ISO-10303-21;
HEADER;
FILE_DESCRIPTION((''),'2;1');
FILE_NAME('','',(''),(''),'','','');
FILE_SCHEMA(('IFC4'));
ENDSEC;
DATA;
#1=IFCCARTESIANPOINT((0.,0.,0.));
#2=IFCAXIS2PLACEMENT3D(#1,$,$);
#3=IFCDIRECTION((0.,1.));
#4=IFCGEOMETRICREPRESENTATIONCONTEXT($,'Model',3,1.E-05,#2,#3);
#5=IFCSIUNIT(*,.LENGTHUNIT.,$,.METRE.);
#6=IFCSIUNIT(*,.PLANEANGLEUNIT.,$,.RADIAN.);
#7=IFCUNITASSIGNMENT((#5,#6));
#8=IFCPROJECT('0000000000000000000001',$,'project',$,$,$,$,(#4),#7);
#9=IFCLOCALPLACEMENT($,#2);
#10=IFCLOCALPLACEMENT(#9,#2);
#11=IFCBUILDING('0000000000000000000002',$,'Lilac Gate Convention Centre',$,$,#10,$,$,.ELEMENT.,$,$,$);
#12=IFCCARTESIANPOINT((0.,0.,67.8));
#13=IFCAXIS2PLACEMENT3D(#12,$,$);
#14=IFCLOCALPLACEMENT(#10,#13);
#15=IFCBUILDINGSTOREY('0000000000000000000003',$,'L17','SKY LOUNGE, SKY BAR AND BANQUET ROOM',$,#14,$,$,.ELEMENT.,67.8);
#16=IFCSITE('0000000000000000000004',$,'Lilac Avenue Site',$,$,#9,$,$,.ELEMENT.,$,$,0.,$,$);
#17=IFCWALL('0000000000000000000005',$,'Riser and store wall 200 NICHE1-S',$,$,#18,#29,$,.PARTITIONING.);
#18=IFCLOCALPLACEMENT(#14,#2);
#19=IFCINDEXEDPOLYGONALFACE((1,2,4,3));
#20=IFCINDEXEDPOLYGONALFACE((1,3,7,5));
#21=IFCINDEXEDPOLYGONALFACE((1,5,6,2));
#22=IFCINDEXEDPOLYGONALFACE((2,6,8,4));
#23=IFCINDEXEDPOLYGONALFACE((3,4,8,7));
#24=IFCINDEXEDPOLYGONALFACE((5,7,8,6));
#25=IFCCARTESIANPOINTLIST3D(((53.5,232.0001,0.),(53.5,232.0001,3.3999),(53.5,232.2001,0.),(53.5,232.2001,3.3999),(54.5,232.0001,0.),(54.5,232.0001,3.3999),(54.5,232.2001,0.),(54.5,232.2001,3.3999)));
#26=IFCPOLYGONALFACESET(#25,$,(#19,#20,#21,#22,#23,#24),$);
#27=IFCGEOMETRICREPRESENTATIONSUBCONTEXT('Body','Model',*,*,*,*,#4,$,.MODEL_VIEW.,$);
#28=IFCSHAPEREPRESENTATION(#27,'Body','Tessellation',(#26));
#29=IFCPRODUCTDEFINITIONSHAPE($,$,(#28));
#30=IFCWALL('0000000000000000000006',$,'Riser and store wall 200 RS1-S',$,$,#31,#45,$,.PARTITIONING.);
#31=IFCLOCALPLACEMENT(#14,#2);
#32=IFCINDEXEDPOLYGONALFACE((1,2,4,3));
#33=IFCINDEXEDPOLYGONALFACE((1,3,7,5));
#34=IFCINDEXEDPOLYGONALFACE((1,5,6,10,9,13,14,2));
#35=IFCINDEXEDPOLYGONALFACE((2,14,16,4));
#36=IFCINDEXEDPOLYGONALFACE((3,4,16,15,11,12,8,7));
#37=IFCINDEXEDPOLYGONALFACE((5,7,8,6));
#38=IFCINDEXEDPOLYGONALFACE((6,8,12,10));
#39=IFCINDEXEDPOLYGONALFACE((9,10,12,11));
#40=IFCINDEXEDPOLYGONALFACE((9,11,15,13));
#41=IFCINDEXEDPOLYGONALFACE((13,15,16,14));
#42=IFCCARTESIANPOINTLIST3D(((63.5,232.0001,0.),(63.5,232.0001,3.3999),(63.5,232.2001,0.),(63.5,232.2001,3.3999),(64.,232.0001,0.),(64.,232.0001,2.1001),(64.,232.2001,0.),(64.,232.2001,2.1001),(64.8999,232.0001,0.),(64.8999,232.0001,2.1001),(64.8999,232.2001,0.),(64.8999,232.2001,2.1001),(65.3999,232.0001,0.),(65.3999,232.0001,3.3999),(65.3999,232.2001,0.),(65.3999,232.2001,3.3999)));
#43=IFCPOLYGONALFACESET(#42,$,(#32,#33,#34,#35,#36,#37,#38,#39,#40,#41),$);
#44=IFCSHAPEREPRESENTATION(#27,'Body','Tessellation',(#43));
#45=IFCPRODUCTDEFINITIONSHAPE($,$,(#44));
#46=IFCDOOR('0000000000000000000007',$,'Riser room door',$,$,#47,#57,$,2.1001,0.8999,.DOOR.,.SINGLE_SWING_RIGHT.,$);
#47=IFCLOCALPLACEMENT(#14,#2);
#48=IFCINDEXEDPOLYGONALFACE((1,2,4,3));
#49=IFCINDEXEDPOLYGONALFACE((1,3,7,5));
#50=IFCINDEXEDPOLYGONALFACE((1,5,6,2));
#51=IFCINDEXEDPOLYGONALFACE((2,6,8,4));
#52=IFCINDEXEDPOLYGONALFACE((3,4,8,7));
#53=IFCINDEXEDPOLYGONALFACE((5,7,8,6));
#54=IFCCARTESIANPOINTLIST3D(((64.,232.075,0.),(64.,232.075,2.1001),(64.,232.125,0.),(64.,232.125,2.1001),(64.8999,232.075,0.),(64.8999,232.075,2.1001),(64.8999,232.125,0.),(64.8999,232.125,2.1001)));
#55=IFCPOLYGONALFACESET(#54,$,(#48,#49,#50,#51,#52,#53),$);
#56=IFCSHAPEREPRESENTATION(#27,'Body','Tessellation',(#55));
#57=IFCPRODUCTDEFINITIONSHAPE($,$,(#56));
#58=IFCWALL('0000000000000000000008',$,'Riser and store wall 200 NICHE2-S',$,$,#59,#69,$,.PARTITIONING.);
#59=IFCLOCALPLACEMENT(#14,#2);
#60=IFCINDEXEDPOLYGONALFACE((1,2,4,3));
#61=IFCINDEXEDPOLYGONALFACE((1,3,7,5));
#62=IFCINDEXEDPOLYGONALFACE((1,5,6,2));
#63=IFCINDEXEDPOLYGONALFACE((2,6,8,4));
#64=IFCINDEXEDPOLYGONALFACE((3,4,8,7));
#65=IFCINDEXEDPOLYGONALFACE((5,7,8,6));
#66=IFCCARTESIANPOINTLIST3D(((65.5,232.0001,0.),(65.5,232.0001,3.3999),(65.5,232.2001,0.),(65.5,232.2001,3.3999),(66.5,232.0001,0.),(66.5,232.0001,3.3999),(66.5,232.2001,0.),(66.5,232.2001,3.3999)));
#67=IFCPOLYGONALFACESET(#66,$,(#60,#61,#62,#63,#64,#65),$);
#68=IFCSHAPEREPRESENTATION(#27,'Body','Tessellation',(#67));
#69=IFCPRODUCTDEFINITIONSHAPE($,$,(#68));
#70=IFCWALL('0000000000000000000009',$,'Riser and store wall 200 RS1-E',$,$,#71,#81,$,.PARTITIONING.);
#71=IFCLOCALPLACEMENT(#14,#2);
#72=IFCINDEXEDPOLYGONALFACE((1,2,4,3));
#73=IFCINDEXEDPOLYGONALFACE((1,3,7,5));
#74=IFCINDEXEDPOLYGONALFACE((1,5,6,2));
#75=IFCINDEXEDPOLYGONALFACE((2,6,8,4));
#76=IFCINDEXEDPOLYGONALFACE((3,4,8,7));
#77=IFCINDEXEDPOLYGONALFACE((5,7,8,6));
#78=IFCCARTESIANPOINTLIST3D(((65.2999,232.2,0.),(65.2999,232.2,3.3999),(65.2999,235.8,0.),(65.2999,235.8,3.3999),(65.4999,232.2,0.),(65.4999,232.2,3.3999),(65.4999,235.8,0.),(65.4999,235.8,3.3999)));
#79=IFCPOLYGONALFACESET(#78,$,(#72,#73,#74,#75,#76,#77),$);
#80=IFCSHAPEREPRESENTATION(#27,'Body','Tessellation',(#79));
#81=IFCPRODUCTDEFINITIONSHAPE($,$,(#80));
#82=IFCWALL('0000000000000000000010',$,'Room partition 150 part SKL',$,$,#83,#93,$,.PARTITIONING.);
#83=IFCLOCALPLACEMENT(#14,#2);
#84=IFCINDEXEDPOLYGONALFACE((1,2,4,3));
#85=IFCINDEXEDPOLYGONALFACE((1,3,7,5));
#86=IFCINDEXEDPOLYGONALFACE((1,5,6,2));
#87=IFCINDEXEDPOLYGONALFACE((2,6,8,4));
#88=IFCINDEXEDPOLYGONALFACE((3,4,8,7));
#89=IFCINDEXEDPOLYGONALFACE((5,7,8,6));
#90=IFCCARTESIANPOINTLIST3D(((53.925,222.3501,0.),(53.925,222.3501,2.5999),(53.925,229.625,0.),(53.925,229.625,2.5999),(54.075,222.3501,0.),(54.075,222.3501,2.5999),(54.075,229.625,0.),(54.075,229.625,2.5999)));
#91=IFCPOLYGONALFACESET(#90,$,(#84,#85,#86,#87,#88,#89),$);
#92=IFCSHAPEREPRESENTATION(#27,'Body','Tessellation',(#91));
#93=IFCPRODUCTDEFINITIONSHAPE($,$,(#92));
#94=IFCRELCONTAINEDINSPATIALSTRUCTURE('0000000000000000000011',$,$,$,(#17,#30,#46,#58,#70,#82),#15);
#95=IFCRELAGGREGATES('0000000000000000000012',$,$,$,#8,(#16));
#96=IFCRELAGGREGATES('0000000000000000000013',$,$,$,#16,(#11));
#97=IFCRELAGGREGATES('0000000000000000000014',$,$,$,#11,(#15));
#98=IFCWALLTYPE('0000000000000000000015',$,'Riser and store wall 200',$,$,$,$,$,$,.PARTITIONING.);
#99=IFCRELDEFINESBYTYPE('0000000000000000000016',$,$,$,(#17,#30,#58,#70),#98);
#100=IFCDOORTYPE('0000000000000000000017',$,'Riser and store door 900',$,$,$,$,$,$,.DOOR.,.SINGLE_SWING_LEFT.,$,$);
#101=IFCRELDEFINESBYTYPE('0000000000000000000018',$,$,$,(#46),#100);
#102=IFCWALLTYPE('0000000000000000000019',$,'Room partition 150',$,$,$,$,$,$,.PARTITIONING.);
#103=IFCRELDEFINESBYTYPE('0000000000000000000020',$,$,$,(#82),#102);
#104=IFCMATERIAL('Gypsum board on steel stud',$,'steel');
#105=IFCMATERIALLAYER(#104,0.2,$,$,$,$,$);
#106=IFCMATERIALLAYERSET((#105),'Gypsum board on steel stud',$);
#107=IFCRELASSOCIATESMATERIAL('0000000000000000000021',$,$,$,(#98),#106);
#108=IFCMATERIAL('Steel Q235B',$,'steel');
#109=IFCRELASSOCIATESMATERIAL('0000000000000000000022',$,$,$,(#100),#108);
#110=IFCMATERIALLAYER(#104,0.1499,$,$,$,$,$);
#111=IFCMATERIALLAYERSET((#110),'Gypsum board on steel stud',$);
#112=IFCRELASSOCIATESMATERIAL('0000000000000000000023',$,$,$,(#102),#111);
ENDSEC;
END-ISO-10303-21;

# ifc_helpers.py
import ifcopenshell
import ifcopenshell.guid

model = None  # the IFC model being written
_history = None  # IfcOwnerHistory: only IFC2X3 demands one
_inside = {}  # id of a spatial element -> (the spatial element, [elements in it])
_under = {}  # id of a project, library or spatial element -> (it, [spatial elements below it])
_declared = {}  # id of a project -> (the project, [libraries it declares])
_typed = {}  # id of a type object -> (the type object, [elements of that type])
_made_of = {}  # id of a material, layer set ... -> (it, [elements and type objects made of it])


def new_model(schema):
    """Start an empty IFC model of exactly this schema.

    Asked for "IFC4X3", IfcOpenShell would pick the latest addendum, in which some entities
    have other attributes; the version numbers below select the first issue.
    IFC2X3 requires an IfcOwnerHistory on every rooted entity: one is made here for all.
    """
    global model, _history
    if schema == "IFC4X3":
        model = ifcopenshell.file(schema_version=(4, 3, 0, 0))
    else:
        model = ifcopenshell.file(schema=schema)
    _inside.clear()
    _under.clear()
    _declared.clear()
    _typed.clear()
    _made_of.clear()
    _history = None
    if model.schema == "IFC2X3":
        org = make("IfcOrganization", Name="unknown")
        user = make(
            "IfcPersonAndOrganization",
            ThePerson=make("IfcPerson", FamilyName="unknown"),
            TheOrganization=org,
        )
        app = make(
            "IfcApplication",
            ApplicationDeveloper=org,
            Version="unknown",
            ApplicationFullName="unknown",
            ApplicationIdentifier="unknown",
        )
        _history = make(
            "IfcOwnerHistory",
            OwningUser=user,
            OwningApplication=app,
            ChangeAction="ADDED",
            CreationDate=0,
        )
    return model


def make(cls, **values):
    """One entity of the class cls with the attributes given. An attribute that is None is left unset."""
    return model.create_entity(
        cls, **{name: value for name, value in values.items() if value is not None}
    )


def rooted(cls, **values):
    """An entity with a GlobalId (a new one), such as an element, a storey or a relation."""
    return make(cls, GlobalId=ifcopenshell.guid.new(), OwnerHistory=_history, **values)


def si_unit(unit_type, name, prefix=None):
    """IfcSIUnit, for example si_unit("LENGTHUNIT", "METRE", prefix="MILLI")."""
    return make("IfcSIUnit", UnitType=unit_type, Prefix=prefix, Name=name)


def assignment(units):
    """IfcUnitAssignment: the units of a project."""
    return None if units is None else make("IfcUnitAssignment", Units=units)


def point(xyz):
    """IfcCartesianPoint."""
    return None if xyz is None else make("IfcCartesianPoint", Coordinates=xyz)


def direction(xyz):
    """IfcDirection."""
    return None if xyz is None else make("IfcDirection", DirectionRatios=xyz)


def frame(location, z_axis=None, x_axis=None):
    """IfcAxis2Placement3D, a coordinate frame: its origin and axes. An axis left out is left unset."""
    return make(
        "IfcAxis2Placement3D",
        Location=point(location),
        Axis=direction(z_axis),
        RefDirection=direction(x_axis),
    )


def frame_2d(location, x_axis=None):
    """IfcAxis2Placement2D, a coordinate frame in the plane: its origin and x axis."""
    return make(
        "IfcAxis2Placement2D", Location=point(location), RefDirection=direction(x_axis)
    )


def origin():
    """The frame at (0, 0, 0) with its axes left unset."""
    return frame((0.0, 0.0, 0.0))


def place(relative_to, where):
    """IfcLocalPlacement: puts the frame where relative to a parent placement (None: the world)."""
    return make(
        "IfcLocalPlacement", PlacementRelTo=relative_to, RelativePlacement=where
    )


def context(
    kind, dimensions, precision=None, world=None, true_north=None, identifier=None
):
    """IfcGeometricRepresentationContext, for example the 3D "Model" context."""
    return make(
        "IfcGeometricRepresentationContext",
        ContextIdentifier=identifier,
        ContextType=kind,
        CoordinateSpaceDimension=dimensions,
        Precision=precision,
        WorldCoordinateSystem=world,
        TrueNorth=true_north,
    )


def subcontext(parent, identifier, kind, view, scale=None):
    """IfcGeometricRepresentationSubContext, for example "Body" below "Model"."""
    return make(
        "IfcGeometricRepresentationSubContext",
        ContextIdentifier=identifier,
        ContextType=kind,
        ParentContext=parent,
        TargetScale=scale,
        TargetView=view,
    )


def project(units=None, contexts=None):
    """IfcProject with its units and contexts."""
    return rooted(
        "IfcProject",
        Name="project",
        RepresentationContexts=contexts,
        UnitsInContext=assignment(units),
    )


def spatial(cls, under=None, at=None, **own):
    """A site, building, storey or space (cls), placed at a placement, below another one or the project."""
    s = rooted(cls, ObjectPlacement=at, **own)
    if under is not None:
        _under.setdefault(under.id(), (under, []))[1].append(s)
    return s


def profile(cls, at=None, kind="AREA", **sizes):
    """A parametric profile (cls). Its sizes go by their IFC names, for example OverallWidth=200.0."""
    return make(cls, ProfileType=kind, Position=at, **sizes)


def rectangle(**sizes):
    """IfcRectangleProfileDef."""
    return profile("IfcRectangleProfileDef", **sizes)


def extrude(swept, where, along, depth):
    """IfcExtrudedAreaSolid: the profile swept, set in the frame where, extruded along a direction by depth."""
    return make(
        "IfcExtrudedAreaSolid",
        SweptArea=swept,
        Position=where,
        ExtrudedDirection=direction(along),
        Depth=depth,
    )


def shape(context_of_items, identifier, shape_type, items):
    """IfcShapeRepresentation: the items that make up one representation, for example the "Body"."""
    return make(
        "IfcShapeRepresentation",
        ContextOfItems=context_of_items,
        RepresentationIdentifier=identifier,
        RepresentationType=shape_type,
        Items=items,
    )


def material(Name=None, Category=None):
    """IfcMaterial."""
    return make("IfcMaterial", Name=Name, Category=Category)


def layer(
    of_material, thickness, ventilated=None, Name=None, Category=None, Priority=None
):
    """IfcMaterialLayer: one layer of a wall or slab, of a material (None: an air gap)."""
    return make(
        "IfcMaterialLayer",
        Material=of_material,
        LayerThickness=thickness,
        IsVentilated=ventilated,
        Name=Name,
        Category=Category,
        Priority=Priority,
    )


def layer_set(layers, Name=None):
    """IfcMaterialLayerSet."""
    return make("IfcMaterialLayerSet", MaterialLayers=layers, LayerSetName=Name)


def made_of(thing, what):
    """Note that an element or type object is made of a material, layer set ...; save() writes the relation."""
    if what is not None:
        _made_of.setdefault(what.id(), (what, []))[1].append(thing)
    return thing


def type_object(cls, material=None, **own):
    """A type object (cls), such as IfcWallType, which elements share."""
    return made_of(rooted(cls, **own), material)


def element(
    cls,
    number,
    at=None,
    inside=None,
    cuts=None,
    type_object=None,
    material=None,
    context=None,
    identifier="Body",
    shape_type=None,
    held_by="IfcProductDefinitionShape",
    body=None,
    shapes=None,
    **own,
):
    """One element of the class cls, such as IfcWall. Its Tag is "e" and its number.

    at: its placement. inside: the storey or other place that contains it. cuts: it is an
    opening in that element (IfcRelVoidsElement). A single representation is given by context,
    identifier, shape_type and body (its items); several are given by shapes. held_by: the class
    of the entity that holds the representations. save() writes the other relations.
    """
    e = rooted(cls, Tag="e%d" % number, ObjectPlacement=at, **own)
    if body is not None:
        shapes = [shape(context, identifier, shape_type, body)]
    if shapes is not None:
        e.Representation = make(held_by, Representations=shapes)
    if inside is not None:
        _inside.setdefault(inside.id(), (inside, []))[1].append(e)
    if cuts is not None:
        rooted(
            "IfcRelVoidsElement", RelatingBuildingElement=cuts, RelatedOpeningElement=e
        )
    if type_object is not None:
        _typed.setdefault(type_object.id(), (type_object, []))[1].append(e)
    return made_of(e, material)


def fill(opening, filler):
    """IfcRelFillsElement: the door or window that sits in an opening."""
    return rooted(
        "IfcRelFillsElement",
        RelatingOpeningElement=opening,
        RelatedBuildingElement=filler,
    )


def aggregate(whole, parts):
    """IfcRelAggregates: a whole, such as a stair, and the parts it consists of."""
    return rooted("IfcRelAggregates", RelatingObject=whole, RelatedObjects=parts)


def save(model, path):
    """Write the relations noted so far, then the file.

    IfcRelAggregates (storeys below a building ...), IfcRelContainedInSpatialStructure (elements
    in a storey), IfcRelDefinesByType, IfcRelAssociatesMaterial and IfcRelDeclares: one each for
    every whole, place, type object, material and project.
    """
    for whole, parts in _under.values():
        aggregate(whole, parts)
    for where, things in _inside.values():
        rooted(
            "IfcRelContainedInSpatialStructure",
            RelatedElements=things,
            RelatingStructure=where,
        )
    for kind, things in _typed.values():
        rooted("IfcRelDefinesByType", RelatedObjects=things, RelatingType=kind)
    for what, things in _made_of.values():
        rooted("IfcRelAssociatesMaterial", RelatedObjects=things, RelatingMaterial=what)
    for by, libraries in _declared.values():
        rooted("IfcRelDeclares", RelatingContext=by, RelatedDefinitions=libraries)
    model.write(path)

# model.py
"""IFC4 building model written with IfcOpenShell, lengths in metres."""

from ifc_helpers import new_model, si_unit, direction, frame, frame_2d, origin, place, context, subcontext, project, spatial, rectangle, extrude, material, layer, layer_set, type_object, element, fill, save


model = new_model("IFC4")

# Units and contexts
model_context = context("Model", 3, precision=1e-05, world=origin(), true_north=direction((0.0, 1.0)))
body_context = subcontext(model_context, "Body", "Model", "MODEL_VIEW")
ifc_project = project(units=[si_unit("LENGTHUNIT", "METRE"), si_unit("PLANEANGLEUNIT", "RADIAN")], contexts=[model_context])

# Site, building, storey
site_placement = place(None, origin())
site = spatial("IfcSite", under=ifc_project, at=site_placement, Name="Lilac Avenue Site", CompositionType="ELEMENT", RefElevation=0.0)
building_placement = place(site_placement, origin())
building = spatial("IfcBuilding", under=site, at=building_placement, Name="Lilac Gate Convention Centre", CompositionType="ELEMENT")
storey_placement = place(building_placement, frame((0.0, 0.0, 67.8)))
storey = spatial("IfcBuildingStorey", under=building, at=storey_placement, Name="L17", Description="SKY LOUNGE, SKY BAR AND BANQUET ROOM", CompositionType="ELEMENT", Elevation=67.8)

# Shared definitions
ifc_material_1 = material(Name="Gypsum board on steel stud", Category="steel")

# Wall
ifc_layer_1 = layer(ifc_material_1, 0.2)
ifc_layer_set_1 = layer_set([ifc_layer_1], Name="Gypsum board on steel stud")
wall_type_1 = type_object("IfcWallType", Name="Riser and store wall 200", PredefinedType="PARTITIONING", material=ifc_layer_set_1)
wall_1_placement = place(storey_placement, frame((53.5, 232.1001, 0.0), z_axis=(0.0, 0.0, 1.0), x_axis=(1.0, 0.0, 0.0)))
element("IfcWall", 1, at=wall_1_placement, inside=storey, type_object=wall_type_1, Name="Riser and store wall 200 NICHE1-S", PredefinedType="PARTITIONING", context=body_context, shape_type="SweptSolid", body=[
    extrude(rectangle(XDim=1.0, YDim=0.2, at=frame_2d((0.5, 0.0))), origin(), (0.0, 0.0, 1.0), 3.3999),
])

# Wall, opening, door
wall_2_placement = place(storey_placement, frame((63.5, 232.1001, 0.0), z_axis=(0.0, 0.0, 1.0), x_axis=(1.0, 0.0, 0.0)))
wall_2 = element("IfcWall", 2, at=wall_2_placement, inside=storey, type_object=wall_type_1, Name="Riser and store wall 200 RS1-S", PredefinedType="PARTITIONING", context=body_context, shape_type="SweptSolid", body=[
    extrude(rectangle(XDim=1.8999, YDim=0.2, at=frame_2d((0.95, 0.0))), origin(), (0.0, 0.0, 1.0), 3.3999),
])
opening_1_placement = place(wall_2_placement, frame((0.5, 0.0, 0.0)))
opening_1 = element("IfcOpeningElement", 3, at=opening_1_placement, cuts=wall_2, PredefinedType="OPENING", context=body_context, shape_type="SweptSolid", body=[
    extrude(rectangle(XDim=0.8999, YDim=2.1001, at=frame_2d((0.45, 1.05))), frame((0.0, 0.1099, 0.0), z_axis=(0.0, -1.0, 0.0), x_axis=(1.0, 0.0, 0.0)), (0.0, 0.0, 1.0), 0.22),
])
ifc_material_2 = material(Name="Steel Q235B", Category="steel")
door_type_1 = type_object("IfcDoorType", Name="Riser and store door 900", OperationType="SINGLE_SWING_LEFT", PredefinedType="DOOR", material=ifc_material_2)
door_1_placement = place(opening_1_placement, origin())
door_1 = element("IfcDoor", 4, at=door_1_placement, inside=storey, type_object=door_type_1, Name="Riser room door", OperationType="SINGLE_SWING_RIGHT", OverallHeight=2.1001, OverallWidth=0.8999, PredefinedType="DOOR", context=body_context, shape_type="SweptSolid", body=[
    extrude(rectangle(XDim=0.8999, YDim=2.1001, at=frame_2d((0.45, 1.05))), frame((0.0, 0.0249, 0.0), z_axis=(0.0, -1.0, 0.0), x_axis=(1.0, 0.0, 0.0)), (0.0, 0.0, 1.0), 0.05),
])
fill(opening_1, door_1)

# Walls
wall_3_placement = place(storey_placement, frame((65.5, 232.1001, 0.0), z_axis=(0.0, 0.0, 1.0), x_axis=(1.0, 0.0, 0.0)))
element("IfcWall", 5, at=wall_3_placement, inside=storey, type_object=wall_type_1, Name="Riser and store wall 200 NICHE2-S", PredefinedType="PARTITIONING", context=body_context, shape_type="SweptSolid", body=[
    extrude(rectangle(XDim=1.0, YDim=0.2, at=frame_2d((0.5, 0.0))), origin(), (0.0, 0.0, 1.0), 3.3999),
])
wall_4_placement = place(storey_placement, frame((65.3999, 232.2, 0.0), z_axis=(0.0, 0.0, 1.0), x_axis=(0.0, 1.0, 0.0)))
element("IfcWall", 6, at=wall_4_placement, inside=storey, type_object=wall_type_1, Name="Riser and store wall 200 RS1-E", PredefinedType="PARTITIONING", context=body_context, shape_type="SweptSolid", body=[
    extrude(rectangle(XDim=3.6001, YDim=0.2, at=frame_2d((1.8, 0.0))), origin(), (0.0, 0.0, 1.0), 3.3999),
])
ifc_layer_2 = layer(ifc_material_1, 0.1499)
ifc_layer_set_2 = layer_set([ifc_layer_2], Name="Gypsum board on steel stud")
wall_type_2 = type_object("IfcWallType", Name="Room partition 150", PredefinedType="PARTITIONING", material=ifc_layer_set_2)
wall_5_placement = place(storey_placement, frame((54.0, 222.3501, 0.0), z_axis=(0.0, 0.0, 1.0), x_axis=(0.0, 1.0, 0.0)))
element("IfcWall", 7, at=wall_5_placement, inside=storey, type_object=wall_type_2, Name="Room partition 150 part SKL", PredefinedType="PARTITIONING", context=body_context, shape_type="SweptSolid", body=[
    extrude(rectangle(XDim=7.2749, YDim=0.1499, at=frame_2d((3.6375, 0.0))), origin(), (0.0, 0.0, 1.0), 2.5999),
])

save(model, "model.ifc")
